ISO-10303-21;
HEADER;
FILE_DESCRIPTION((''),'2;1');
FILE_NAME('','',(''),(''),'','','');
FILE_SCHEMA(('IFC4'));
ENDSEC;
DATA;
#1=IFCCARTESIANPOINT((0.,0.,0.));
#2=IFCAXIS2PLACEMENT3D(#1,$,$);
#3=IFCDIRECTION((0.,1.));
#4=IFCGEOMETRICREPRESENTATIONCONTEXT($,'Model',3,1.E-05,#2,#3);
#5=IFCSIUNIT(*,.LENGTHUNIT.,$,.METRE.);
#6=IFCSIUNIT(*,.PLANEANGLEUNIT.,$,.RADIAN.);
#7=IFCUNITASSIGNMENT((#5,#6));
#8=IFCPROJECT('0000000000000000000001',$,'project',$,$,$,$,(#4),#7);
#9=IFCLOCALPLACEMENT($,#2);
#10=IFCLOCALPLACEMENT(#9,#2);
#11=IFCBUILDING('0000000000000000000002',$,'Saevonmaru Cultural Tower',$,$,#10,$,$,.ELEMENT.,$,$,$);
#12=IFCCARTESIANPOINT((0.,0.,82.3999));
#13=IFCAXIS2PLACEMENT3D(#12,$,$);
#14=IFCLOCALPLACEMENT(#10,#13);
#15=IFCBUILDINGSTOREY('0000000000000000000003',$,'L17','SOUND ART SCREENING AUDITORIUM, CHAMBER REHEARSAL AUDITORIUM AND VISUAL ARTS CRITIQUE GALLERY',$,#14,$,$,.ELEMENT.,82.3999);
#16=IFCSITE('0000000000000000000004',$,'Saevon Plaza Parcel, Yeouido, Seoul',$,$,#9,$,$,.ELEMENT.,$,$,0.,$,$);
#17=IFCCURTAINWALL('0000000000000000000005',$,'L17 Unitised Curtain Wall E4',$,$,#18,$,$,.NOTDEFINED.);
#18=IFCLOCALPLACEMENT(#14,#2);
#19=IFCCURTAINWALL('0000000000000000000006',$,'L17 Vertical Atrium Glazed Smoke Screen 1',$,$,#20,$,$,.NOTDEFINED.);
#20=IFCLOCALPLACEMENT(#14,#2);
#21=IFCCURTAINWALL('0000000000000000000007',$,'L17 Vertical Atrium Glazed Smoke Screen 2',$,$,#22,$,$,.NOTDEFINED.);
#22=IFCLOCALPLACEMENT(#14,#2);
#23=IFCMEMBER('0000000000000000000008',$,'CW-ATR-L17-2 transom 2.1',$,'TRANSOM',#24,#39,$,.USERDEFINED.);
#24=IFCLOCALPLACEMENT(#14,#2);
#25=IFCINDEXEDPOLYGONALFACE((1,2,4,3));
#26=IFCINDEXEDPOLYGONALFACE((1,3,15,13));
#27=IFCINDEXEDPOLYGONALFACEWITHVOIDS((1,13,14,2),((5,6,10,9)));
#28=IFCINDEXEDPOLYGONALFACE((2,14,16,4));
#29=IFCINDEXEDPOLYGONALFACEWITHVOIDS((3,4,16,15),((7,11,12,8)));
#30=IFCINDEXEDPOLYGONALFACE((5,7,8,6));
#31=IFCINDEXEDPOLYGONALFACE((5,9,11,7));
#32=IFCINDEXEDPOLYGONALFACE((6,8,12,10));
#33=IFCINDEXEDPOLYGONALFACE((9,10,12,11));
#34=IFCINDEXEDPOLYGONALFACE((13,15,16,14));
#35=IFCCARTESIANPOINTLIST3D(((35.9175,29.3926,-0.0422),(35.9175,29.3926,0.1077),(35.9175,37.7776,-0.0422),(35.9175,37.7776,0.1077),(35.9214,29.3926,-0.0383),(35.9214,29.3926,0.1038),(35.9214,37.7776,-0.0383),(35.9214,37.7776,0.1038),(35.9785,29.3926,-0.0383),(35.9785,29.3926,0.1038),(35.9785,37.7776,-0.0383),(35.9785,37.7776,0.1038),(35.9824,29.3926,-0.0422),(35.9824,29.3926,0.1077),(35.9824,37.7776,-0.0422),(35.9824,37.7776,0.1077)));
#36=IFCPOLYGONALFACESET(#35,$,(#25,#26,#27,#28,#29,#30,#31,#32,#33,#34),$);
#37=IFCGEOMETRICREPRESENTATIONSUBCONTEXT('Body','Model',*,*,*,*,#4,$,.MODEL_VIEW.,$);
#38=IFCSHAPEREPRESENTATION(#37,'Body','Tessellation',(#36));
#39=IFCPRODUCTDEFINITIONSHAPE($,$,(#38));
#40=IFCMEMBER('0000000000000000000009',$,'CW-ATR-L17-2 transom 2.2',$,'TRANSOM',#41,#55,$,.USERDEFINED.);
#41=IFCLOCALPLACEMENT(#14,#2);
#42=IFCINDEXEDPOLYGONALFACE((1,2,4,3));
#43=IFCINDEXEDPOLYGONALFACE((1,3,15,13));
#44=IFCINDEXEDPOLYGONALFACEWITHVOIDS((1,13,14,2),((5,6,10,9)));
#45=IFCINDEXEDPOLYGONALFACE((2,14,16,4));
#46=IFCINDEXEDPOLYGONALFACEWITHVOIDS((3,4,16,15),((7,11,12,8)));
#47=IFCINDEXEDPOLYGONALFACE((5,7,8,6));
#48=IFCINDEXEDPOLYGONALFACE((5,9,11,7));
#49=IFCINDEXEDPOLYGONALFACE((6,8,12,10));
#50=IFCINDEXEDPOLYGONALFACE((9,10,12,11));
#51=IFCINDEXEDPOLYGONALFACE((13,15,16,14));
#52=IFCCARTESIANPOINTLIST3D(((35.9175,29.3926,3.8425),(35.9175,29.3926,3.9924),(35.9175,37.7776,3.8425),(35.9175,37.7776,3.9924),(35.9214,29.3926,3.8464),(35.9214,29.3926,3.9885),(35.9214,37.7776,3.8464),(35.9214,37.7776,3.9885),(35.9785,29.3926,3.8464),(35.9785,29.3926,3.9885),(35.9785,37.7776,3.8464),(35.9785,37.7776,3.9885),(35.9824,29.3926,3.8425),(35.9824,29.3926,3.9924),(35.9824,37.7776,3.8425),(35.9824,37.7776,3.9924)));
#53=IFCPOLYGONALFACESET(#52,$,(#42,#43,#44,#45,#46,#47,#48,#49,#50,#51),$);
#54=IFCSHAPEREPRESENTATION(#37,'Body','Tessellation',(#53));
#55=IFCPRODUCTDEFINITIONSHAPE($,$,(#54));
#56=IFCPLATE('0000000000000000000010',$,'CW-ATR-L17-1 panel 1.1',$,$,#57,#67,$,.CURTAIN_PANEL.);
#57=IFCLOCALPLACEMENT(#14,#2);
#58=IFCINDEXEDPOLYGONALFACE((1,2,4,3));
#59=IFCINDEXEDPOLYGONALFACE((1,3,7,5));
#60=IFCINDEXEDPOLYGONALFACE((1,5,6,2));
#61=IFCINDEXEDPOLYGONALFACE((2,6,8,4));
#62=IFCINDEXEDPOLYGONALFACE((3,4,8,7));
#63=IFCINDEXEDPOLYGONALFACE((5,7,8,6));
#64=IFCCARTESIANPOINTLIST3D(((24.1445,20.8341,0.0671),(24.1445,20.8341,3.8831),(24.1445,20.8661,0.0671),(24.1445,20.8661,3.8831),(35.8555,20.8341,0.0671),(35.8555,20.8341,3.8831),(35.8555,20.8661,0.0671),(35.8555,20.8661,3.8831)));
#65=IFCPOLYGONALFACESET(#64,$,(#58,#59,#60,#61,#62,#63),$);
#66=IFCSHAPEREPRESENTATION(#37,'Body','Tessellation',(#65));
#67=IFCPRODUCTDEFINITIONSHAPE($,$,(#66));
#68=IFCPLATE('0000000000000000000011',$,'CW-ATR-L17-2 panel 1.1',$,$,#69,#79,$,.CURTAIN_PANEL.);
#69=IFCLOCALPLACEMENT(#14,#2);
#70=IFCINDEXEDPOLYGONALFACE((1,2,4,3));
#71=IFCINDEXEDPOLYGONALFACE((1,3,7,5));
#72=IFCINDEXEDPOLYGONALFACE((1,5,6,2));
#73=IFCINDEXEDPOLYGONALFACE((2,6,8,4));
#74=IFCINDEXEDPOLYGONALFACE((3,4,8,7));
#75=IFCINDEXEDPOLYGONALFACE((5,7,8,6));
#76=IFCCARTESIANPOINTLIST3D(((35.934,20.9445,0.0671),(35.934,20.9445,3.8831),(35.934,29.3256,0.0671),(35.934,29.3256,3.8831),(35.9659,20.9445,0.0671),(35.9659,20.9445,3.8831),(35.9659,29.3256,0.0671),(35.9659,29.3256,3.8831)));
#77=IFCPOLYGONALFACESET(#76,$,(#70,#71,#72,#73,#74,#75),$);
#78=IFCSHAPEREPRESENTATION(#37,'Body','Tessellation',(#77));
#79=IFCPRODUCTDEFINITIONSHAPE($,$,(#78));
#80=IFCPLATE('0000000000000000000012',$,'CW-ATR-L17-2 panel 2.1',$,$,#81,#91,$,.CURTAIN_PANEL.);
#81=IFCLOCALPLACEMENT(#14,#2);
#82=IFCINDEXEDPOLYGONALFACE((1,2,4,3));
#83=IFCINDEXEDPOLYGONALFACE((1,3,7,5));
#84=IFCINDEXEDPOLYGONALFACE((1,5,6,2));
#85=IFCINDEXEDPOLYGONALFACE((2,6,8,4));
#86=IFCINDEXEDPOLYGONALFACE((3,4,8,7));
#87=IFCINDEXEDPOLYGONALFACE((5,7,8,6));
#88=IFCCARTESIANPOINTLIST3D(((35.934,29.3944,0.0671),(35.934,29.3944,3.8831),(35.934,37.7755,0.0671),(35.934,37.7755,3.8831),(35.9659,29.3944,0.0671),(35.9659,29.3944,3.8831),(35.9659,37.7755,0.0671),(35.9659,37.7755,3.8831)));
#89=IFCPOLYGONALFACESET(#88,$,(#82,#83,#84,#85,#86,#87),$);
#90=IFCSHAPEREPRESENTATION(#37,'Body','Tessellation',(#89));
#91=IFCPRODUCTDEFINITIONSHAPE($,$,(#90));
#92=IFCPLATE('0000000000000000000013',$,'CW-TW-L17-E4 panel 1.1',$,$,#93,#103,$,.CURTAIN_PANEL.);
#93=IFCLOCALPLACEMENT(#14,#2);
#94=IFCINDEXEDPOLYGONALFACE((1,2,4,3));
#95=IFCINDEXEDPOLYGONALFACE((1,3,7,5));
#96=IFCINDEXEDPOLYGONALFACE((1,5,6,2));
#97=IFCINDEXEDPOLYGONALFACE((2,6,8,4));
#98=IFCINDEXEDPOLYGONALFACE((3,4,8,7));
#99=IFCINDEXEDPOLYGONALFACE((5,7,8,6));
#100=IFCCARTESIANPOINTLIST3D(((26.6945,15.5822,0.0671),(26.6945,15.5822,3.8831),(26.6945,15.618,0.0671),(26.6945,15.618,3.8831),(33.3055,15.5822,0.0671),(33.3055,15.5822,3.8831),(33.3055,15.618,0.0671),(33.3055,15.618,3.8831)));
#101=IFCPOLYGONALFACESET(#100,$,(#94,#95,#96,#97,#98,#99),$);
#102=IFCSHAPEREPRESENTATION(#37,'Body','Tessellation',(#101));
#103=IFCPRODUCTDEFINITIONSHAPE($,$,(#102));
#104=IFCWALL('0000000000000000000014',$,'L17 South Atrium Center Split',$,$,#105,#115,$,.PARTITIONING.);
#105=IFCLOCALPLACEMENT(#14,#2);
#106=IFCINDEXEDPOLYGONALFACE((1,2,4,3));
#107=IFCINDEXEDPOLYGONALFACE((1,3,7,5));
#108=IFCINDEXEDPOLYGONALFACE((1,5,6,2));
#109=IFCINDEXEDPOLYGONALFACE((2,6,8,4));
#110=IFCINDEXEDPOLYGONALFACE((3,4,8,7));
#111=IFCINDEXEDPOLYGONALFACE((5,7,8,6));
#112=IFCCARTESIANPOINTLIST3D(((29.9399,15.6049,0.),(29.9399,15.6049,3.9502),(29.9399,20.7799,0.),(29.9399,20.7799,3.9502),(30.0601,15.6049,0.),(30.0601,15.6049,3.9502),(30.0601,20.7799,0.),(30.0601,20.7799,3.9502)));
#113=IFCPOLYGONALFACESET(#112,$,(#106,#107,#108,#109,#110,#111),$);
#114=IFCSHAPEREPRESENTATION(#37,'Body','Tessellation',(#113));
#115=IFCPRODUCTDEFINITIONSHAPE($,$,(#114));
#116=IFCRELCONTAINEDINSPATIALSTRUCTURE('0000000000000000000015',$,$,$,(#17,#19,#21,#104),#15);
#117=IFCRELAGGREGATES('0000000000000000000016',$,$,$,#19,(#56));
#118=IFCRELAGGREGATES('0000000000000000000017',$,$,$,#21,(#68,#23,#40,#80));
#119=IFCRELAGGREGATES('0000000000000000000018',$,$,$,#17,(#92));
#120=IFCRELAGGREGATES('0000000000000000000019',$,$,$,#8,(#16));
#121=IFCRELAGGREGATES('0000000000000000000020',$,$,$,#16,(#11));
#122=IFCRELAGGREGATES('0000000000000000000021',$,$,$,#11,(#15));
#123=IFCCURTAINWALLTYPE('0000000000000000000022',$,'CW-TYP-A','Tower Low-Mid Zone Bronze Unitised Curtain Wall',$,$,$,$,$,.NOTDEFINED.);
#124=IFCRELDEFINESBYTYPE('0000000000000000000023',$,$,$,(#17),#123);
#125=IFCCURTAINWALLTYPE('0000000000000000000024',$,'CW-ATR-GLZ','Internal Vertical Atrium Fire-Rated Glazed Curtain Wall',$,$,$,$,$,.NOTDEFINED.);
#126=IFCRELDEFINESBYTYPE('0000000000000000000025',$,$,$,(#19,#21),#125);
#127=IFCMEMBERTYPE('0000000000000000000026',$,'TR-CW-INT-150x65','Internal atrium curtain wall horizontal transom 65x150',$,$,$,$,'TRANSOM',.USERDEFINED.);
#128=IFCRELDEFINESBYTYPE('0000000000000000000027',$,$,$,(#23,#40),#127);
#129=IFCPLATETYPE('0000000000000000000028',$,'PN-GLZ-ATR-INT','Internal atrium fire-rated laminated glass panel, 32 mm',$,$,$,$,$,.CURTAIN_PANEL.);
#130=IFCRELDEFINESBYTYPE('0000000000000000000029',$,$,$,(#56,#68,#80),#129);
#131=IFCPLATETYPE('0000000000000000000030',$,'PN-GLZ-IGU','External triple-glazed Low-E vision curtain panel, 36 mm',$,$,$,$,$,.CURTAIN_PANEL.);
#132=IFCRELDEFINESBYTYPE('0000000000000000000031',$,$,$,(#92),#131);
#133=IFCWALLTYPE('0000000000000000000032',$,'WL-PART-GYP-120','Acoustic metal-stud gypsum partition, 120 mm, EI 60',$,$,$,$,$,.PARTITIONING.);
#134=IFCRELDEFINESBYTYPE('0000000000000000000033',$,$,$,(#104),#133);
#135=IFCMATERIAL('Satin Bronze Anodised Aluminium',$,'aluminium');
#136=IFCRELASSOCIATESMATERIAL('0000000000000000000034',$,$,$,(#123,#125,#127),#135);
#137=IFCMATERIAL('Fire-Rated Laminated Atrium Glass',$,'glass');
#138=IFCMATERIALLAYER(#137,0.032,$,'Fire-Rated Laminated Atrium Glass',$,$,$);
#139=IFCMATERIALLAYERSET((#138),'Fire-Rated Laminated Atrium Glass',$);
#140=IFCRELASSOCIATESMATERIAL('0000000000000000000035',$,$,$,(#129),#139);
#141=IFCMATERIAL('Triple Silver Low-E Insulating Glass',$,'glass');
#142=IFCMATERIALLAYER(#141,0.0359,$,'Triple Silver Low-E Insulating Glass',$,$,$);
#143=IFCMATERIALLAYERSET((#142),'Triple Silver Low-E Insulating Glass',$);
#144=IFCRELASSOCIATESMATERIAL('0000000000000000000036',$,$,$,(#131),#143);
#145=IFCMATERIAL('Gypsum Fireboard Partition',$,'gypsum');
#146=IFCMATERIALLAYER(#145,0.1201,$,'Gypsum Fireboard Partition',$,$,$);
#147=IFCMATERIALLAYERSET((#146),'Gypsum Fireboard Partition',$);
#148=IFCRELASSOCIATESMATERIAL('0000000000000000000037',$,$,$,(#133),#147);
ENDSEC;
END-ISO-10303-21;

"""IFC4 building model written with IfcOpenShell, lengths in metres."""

from ifc_helpers import new_model, si_unit, direction, frame, frame_2d, origin, origin_2d, place, context, subcontext, project, spatial, rectangle, hollow_rectangle, extrude, material, layer, layer_set, material_profile, profile_set, type_object, element, aggregate, save


model = new_model("IFC4")

# Units and contexts
model_context = context("Model", 3, precision=1e-05, world=origin(), true_north=direction((0.0, 1.0)))
body_context = subcontext(model_context, "Body", "Model", "MODEL_VIEW")
ifc_project = project(units=[si_unit("LENGTHUNIT", "METRE"), si_unit("PLANEANGLEUNIT", "RADIAN")], contexts=[model_context])

# Site, building, storey
site_placement = place(None, origin())
site = spatial("IfcSite", under=ifc_project, at=site_placement, Name="Saevon Plaza Parcel, Yeouido, Seoul", CompositionType="ELEMENT", RefElevation=0.0)
building_placement = place(site_placement, origin())
building = spatial("IfcBuilding", under=site, at=building_placement, Name="Saevonmaru Cultural Tower", CompositionType="ELEMENT")
storey_placement = place(building_placement, frame((0.0, 0.0, 82.3999)))
storey = spatial("IfcBuildingStorey", under=building, at=storey_placement, Name="L17", Description="SOUND ART SCREENING AUDITORIUM, CHAMBER REHEARSAL AUDITORIUM AND VISUAL ARTS CRITIQUE GALLERY", CompositionType="ELEMENT", Elevation=82.3999)

# Curtain walls
ifc_material_1 = material(Name="Satin Bronze Anodised Aluminium", Category="aluminium")
curtain_wall_type_1 = type_object("IfcCurtainWallType", Name="CW-TYP-A", Description="Tower Low-Mid Zone Bronze Unitised Curtain Wall", PredefinedType="NOTDEFINED", material=ifc_material_1)
curtain_wall_1_placement = place(storey_placement, origin())
curtain_wall_1 = element("IfcCurtainWall", 1, at=curtain_wall_1_placement, inside=storey, type_object=curtain_wall_type_1, Name="L17 Unitised Curtain Wall E4", PredefinedType="NOTDEFINED")
curtain_wall_type_2 = type_object("IfcCurtainWallType", Name="CW-ATR-GLZ", Description="Internal Vertical Atrium Fire-Rated Glazed Curtain Wall", PredefinedType="NOTDEFINED", material=ifc_material_1)
curtain_wall_2_placement = place(storey_placement, origin())
curtain_wall_2 = element("IfcCurtainWall", 2, at=curtain_wall_2_placement, inside=storey, type_object=curtain_wall_type_2, Name="L17 Vertical Atrium Glazed Smoke Screen 1", PredefinedType="NOTDEFINED")

# Curtain wall
curtain_wall_3_placement = place(storey_placement, origin())
curtain_wall_3 = element("IfcCurtainWall", 3, at=curtain_wall_3_placement, inside=storey, type_object=curtain_wall_type_2, Name="L17 Vertical Atrium Glazed Smoke Screen 2", PredefinedType="NOTDEFINED")

# Members
ifc_material_profile_1 = material_profile(ifc_material_1, hollow_rectangle(XDim=0.0649, YDim=0.1499, WallThickness=0.0039, at=origin_2d()), Name="ALU-TRAN-150x65x4")
ifc_profile_set_1 = profile_set([ifc_material_profile_1], Name="Satin Bronze Anodised Aluminium")
member_type_1 = type_object("IfcMemberType", Name="TR-CW-INT-150x65", Description="Internal atrium curtain wall horizontal transom 65x150", ElementType="TRANSOM", PredefinedType="USERDEFINED", material=ifc_profile_set_1)
member_1_placement = place(storey_placement, frame((35.95, 29.3926, 0.0327), z_axis=(0.0, 1.0, 0.0), x_axis=(-1.0, 0.0, 0.0)))
member_1 = element("IfcMember", 4, at=member_1_placement, type_object=member_type_1, Name="CW-ATR-L17-2 transom 2.1", ObjectType="TRANSOM", PredefinedType="USERDEFINED", context=body_context, shape_type="SweptSolid", body=[
    extrude(hollow_rectangle(XDim=0.0649, YDim=0.1499, WallThickness=0.0039, at=origin_2d()), origin(), (0.0, 0.0, 1.0), 8.385),
])
member_2_placement = place(storey_placement, frame((35.95, 29.3926, 3.9175), z_axis=(0.0, 1.0, 0.0), x_axis=(-1.0, 0.0, 0.0)))
member_2 = element("IfcMember", 5, at=member_2_placement, type_object=member_type_1, Name="CW-ATR-L17-2 transom 2.2", ObjectType="TRANSOM", PredefinedType="USERDEFINED", context=body_context, shape_type="SweptSolid", body=[
    extrude(hollow_rectangle(XDim=0.0649, YDim=0.1499, WallThickness=0.0039, at=origin_2d()), origin(), (0.0, 0.0, 1.0), 8.385),
])

# Plates
ifc_material_2 = material(Name="Fire-Rated Laminated Atrium Glass", Category="glass")
ifc_layer_1 = layer(ifc_material_2, 0.032, Name="Fire-Rated Laminated Atrium Glass")
ifc_layer_set_1 = layer_set([ifc_layer_1], Name="Fire-Rated Laminated Atrium Glass")
plate_type_1 = type_object("IfcPlateType", Name="PN-GLZ-ATR-INT", Description="Internal atrium fire-rated laminated glass panel, 32 mm", PredefinedType="CURTAIN_PANEL", material=ifc_layer_set_1)
plate_1_placement = place(storey_placement, frame((30.0, 20.8501, 0.0671), z_axis=(0.0, 0.0, 1.0), x_axis=(1.0, 0.0, 0.0)))
plate_1 = element("IfcPlate", 6, at=plate_1_placement, type_object=plate_type_1, Name="CW-ATR-L17-1 panel 1.1", PredefinedType="CURTAIN_PANEL", context=body_context, shape_type="SweptSolid", body=[
    extrude(rectangle(XDim=11.7109, YDim=0.032, at=origin_2d()), origin(), (0.0, 0.0, 1.0), 3.8159),
])
aggregate(curtain_wall_2, [plate_1])
plate_2_placement = place(storey_placement, frame((35.95, 25.135, 0.0671), z_axis=(0.0, 0.0, 1.0), x_axis=(0.0, 1.0, 0.0)))
plate_2 = element("IfcPlate", 7, at=plate_2_placement, type_object=plate_type_1, Name="CW-ATR-L17-2 panel 1.1", PredefinedType="CURTAIN_PANEL", context=body_context, shape_type="SweptSolid", body=[
    extrude(rectangle(XDim=8.3811, YDim=0.032, at=origin_2d()), origin(), (0.0, 0.0, 1.0), 3.8159),
])
plate_3_placement = place(storey_placement, frame((35.95, 33.585, 0.0671), z_axis=(0.0, 0.0, 1.0), x_axis=(0.0, 1.0, 0.0)))
plate_3 = element("IfcPlate", 8, at=plate_3_placement, type_object=plate_type_1, Name="CW-ATR-L17-2 panel 2.1", PredefinedType="CURTAIN_PANEL", context=body_context, shape_type="SweptSolid", body=[
    extrude(rectangle(XDim=8.3811, YDim=0.032, at=origin_2d()), origin(), (0.0, 0.0, 1.0), 3.8159),
])
aggregate(curtain_wall_3, [plate_2, member_1, member_2, plate_3])
ifc_material_3 = material(Name="Triple Silver Low-E Insulating Glass", Category="glass")
ifc_layer_2 = layer(ifc_material_3, 0.0359, Name="Triple Silver Low-E Insulating Glass")
ifc_layer_set_2 = layer_set([ifc_layer_2], Name="Triple Silver Low-E Insulating Glass")
plate_type_2 = type_object("IfcPlateType", Name="PN-GLZ-IGU", Description="External triple-glazed Low-E vision curtain panel, 36 mm", PredefinedType="CURTAIN_PANEL", material=ifc_layer_set_2)
plate_4_placement = place(storey_placement, frame((30.0, 15.6001, 0.0671), z_axis=(0.0, 0.0, 1.0), x_axis=(1.0, 0.0, 0.0)))
plate_4 = element("IfcPlate", 9, at=plate_4_placement, type_object=plate_type_2, Name="CW-TW-L17-E4 panel 1.1", PredefinedType="CURTAIN_PANEL", context=body_context, shape_type="SweptSolid", body=[
    extrude(rectangle(XDim=6.6111, YDim=0.0359, at=origin_2d()), origin(), (0.0, 0.0, 1.0), 3.8159),
])
aggregate(curtain_wall_1, [plate_4])

# Wall
ifc_material_4 = material(Name="Gypsum Fireboard Partition", Category="gypsum")
ifc_layer_3 = layer(ifc_material_4, 0.1201, Name="Gypsum Fireboard Partition")
ifc_layer_set_3 = layer_set([ifc_layer_3], Name="Gypsum Fireboard Partition")
wall_type = type_object("IfcWallType", Name="WL-PART-GYP-120", Description="Acoustic metal-stud gypsum partition, 120 mm, EI 60", PredefinedType="PARTITIONING", material=ifc_layer_set_3)
wall_placement = place(storey_placement, frame((30.0, 15.605, 0.0), z_axis=(0.0, 0.0, 1.0), x_axis=(0.0, 1.0, 0.0)))
element("IfcWall", 10, at=wall_placement, inside=storey, type_object=wall_type, Name="L17 South Atrium Center Split", PredefinedType="PARTITIONING", context=body_context, shape_type="SweptSolid", body=[
    extrude(rectangle(XDim=5.175, YDim=0.1201, at=frame_2d((2.5874, 0.0))), origin(), (0.0, 0.0, 1.0), 3.9502),
])

save(model, "model.ifc")
